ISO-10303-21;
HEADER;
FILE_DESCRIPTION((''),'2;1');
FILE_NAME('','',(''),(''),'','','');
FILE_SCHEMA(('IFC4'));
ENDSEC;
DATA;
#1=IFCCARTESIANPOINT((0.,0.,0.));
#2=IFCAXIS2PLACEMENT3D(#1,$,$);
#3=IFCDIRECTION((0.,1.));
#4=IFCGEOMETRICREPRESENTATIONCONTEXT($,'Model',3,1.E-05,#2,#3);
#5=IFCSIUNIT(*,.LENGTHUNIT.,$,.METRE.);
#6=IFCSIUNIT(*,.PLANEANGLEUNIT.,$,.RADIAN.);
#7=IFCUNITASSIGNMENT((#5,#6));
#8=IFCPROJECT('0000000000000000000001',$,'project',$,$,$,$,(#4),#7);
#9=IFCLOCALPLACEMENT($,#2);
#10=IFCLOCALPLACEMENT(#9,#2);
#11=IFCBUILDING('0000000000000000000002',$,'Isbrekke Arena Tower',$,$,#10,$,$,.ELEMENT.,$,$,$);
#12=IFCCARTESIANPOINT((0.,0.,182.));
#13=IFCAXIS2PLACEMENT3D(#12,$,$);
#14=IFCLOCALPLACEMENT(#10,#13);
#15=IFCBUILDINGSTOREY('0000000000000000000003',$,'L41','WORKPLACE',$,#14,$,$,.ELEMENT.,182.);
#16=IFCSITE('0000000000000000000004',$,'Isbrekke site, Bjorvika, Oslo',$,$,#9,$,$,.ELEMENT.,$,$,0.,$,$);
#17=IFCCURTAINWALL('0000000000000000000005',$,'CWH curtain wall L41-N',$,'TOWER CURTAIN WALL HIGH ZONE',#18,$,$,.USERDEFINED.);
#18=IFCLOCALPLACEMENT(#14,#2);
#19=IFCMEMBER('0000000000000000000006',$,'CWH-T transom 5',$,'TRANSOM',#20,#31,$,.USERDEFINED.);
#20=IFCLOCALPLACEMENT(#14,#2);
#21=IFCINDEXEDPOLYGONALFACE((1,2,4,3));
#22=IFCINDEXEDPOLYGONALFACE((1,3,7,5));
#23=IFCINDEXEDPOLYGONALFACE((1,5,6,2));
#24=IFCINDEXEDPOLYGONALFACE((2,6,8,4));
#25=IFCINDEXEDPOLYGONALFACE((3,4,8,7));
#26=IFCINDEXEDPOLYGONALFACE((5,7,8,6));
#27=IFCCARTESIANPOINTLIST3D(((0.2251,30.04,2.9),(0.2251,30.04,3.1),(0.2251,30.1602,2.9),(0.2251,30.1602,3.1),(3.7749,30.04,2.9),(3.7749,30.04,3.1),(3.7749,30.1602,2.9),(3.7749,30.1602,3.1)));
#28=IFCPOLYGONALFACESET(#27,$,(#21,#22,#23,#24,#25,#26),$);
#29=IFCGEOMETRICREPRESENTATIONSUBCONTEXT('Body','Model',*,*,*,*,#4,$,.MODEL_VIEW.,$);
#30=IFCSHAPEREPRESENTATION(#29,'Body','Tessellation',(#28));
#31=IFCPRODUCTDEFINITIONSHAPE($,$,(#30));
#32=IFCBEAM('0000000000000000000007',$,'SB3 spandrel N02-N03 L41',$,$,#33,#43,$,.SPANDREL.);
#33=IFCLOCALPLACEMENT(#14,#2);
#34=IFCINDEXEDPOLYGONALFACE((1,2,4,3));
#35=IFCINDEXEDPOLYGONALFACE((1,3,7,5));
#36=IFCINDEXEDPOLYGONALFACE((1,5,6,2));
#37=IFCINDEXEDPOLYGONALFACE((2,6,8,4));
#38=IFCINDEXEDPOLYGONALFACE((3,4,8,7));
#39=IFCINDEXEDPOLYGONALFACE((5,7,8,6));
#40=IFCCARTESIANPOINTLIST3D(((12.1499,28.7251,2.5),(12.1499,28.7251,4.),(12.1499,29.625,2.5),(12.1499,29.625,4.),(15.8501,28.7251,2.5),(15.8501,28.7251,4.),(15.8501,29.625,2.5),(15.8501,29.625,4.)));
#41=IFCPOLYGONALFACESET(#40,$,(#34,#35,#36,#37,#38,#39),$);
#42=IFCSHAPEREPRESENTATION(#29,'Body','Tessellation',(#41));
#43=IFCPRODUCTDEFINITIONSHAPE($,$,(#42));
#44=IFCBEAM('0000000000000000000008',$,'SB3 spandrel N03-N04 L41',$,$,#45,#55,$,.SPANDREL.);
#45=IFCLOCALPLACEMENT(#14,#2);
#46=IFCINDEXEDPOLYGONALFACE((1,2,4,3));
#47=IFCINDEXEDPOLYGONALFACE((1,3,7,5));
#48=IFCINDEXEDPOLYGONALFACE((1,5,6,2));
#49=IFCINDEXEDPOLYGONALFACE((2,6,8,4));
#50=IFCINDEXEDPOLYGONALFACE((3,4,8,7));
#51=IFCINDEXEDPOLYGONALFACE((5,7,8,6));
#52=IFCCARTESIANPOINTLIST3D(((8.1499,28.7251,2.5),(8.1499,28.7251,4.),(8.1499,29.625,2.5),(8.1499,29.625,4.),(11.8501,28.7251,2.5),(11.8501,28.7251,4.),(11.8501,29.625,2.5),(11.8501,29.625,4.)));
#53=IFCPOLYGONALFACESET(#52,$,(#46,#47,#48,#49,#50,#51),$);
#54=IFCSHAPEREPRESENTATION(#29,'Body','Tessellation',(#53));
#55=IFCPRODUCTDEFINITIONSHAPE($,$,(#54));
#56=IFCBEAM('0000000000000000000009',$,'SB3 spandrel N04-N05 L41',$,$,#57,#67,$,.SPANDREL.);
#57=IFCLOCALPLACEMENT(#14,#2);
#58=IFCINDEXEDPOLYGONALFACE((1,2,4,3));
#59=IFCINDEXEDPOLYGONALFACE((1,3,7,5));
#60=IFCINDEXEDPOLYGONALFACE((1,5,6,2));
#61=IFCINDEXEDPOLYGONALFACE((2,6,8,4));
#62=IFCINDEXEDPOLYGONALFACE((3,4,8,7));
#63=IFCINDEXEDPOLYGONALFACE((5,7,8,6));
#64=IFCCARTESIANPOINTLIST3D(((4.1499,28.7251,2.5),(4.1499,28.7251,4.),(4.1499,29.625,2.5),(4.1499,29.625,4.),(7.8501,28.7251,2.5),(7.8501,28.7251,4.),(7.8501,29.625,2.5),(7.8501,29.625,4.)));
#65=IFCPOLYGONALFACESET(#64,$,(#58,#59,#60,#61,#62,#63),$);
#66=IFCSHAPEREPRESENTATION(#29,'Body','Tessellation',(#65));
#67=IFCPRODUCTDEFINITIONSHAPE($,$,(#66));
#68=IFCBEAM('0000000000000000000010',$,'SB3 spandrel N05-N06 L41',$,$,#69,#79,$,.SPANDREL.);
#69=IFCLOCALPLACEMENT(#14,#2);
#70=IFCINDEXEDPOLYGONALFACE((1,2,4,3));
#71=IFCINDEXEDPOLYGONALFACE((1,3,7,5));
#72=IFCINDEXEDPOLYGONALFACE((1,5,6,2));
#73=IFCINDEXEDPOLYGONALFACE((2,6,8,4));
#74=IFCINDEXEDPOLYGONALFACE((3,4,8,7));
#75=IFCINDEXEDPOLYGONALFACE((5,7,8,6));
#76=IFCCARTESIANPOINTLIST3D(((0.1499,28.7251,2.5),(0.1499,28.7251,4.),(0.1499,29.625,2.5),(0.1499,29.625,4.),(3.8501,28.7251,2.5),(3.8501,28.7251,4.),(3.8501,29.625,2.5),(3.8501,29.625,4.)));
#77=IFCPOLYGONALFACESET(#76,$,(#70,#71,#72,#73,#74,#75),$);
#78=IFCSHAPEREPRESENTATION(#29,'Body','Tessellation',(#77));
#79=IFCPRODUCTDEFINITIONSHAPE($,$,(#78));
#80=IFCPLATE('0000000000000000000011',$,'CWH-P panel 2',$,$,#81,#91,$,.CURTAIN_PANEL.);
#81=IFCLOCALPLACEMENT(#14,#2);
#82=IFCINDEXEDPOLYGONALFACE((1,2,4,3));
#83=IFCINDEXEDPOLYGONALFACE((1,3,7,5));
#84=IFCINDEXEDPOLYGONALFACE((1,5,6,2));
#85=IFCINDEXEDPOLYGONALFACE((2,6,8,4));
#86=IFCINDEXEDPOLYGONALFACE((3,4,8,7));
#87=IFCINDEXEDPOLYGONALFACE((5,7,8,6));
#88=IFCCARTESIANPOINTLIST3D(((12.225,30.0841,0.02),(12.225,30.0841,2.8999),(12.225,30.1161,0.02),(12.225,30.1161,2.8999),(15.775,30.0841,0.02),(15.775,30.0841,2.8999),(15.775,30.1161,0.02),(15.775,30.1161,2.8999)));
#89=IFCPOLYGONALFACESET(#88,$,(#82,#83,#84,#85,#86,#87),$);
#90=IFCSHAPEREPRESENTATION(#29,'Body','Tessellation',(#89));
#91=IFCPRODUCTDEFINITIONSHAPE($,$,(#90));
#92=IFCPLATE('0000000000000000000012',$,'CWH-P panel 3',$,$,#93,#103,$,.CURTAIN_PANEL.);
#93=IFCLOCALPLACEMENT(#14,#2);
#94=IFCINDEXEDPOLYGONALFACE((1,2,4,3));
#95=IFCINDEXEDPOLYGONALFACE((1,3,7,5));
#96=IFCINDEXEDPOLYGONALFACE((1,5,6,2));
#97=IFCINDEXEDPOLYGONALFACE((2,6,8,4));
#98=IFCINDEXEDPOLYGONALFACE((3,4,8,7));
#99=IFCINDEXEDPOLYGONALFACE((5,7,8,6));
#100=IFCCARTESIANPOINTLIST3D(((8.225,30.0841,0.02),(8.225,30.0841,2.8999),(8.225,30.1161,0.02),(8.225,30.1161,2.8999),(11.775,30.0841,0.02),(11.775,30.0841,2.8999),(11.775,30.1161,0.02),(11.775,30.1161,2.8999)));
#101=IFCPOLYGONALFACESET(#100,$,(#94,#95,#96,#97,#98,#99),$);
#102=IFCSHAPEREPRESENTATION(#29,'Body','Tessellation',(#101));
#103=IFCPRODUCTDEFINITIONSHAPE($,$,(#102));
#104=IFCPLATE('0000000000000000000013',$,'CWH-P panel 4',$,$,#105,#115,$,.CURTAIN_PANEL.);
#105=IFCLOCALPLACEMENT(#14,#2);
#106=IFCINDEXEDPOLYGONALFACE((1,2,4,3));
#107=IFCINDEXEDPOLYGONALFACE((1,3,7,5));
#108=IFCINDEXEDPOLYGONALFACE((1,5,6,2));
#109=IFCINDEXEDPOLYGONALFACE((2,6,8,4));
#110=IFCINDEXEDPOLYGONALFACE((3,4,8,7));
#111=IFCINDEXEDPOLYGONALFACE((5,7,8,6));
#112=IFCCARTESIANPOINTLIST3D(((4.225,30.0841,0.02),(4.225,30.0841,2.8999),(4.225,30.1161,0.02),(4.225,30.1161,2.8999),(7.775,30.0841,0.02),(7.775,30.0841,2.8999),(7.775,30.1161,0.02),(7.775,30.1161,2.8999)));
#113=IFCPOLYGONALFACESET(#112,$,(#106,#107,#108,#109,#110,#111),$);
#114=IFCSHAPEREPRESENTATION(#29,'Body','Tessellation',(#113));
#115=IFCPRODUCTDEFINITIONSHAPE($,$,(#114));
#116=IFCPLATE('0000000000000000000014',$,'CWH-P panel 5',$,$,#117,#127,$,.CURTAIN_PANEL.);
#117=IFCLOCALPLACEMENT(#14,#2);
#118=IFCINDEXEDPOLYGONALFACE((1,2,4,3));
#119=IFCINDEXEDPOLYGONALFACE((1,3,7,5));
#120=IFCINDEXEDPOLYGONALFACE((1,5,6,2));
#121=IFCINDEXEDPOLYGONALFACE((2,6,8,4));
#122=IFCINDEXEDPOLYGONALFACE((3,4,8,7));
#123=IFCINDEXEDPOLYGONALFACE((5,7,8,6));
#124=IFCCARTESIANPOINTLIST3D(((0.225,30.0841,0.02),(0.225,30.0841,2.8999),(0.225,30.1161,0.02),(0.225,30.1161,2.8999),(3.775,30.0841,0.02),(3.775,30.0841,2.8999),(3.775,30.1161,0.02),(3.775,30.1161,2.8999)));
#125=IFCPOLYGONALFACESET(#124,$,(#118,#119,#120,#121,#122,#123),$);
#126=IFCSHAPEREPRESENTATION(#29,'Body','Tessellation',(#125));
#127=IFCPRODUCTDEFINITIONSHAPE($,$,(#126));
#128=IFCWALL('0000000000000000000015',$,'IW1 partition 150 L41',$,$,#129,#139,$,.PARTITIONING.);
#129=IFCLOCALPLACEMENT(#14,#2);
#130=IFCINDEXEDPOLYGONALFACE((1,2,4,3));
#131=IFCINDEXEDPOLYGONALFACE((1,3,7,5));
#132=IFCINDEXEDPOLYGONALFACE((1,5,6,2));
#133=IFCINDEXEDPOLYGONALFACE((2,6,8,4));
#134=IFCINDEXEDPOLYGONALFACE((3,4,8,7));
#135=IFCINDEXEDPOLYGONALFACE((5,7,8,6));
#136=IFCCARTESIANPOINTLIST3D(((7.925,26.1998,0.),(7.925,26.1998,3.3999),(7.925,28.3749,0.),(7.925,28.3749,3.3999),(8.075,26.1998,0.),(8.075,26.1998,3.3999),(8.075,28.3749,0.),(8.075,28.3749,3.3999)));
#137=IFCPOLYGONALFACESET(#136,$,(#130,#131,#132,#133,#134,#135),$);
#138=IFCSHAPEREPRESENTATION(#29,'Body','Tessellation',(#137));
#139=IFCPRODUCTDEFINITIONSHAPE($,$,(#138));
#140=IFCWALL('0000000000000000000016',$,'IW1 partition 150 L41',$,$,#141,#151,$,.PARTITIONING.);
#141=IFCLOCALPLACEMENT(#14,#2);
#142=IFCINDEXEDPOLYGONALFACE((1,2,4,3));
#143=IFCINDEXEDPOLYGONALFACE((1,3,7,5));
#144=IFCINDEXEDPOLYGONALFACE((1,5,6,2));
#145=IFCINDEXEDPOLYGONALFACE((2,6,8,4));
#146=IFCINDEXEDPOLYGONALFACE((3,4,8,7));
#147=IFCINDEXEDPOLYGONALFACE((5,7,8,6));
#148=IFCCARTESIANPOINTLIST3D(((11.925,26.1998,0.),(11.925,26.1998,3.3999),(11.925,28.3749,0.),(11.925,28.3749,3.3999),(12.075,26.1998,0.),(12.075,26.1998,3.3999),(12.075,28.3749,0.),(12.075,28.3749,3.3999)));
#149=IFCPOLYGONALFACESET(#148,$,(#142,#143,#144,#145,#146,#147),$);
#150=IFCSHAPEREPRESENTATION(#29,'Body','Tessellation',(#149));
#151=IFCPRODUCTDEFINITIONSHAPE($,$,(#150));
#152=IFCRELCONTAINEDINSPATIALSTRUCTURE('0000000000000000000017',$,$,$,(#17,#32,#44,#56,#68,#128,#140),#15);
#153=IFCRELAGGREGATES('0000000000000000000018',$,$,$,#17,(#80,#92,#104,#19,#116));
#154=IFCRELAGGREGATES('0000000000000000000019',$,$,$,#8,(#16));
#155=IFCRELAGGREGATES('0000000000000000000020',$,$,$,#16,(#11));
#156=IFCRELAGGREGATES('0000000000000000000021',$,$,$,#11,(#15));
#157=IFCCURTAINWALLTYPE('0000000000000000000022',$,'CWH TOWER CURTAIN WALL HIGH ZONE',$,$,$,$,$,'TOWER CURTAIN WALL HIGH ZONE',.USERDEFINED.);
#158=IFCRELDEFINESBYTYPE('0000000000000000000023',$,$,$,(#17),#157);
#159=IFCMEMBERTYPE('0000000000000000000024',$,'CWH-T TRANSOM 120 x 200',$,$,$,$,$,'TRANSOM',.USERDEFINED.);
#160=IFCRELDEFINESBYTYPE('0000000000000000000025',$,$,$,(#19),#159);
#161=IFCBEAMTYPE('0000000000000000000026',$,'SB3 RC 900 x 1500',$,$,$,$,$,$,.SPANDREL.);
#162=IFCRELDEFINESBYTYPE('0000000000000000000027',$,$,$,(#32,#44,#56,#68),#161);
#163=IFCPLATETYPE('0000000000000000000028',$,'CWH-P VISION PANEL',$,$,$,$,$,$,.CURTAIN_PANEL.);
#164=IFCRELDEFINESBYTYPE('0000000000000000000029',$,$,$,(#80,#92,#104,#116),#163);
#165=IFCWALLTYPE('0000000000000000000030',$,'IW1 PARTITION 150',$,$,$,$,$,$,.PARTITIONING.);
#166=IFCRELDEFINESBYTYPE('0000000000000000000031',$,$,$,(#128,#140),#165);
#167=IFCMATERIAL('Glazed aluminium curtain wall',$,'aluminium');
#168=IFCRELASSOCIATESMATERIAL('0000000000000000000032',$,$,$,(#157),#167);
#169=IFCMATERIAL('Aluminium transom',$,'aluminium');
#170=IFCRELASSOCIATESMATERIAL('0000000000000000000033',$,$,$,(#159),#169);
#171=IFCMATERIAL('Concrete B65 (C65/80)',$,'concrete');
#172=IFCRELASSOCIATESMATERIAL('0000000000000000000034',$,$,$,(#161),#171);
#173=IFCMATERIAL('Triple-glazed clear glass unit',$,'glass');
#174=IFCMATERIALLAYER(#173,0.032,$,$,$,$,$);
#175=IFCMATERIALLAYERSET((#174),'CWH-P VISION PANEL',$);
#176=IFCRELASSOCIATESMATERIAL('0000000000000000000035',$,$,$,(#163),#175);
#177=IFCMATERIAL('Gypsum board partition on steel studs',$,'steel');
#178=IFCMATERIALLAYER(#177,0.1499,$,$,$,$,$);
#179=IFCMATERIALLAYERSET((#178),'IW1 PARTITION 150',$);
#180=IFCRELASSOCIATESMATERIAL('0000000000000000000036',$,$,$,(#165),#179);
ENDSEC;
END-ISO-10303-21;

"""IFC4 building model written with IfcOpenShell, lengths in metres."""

from ifc_helpers import new_model, si_unit, direction, frame, frame_2d, origin, origin_2d, place, context, subcontext, project, spatial, rectangle, extrude, material, layer, layer_set, material_profile, profile_set, type_object, element, aggregate, save


model = new_model("IFC4")

# Units and contexts
model_context = context("Model", 3, precision=1e-05, world=origin(), true_north=direction((0.0, 1.0)))
body_context = subcontext(model_context, "Body", "Model", "MODEL_VIEW")
ifc_project = project(units=[si_unit("LENGTHUNIT", "METRE"), si_unit("PLANEANGLEUNIT", "RADIAN")], contexts=[model_context])

# Site, building, storey
site_placement = place(None, origin())
site = spatial("IfcSite", under=ifc_project, at=site_placement, Name="Isbrekke site, Bjorvika, Oslo", CompositionType="ELEMENT", RefElevation=0.0)
building_placement = place(site_placement, origin())
building = spatial("IfcBuilding", under=site, at=building_placement, Name="Isbrekke Arena Tower", CompositionType="ELEMENT")
storey_placement = place(building_placement, frame((0.0, 0.0, 182.0)))
storey = spatial("IfcBuildingStorey", under=building, at=storey_placement, Name="L41", Description="WORKPLACE", CompositionType="ELEMENT", Elevation=182.0)

# Curtain wall, member
ifc_material_1 = material(Name="Glazed aluminium curtain wall", Category="aluminium")
curtain_wall_type = type_object("IfcCurtainWallType", Name="CWH TOWER CURTAIN WALL HIGH ZONE", ElementType="TOWER CURTAIN WALL HIGH ZONE", PredefinedType="USERDEFINED", material=ifc_material_1)
curtain_wall_placement = place(storey_placement, origin())
curtain_wall = element("IfcCurtainWall", 1, at=curtain_wall_placement, inside=storey, type_object=curtain_wall_type, Name="CWH curtain wall L41-N", ObjectType="TOWER CURTAIN WALL HIGH ZONE", PredefinedType="USERDEFINED")
ifc_material_2 = material(Name="Aluminium transom", Category="aluminium")
ifc_material_profile_1 = material_profile(ifc_material_2, rectangle(XDim=0.1201, YDim=0.2, at=origin_2d()), Name="TRANSOM 120X200")
ifc_profile_set_1 = profile_set([ifc_material_profile_1], Name="Aluminium transom")
member_type_1 = type_object("IfcMemberType", Name="CWH-T TRANSOM 120 x 200", ElementType="TRANSOM", PredefinedType="USERDEFINED", material=ifc_profile_set_1)
member_1_placement = place(storey_placement, frame((3.7749, 30.1001, 3.0), z_axis=(-1.0, 0.0, 0.0), x_axis=(0.0, -1.0, 0.0)))
member_1 = element("IfcMember", 2, at=member_1_placement, type_object=member_type_1, Name="CWH-T transom 5", ObjectType="TRANSOM", PredefinedType="USERDEFINED", context=body_context, shape_type="SweptSolid", body=[
    extrude(rectangle(XDim=0.1201, YDim=0.2, at=origin_2d()), origin(), (0.0, 0.0, 1.0), 3.5498),
])

# Beams
ifc_material_3 = material(Name="Concrete B65 (C65/80)", Category="concrete")
ifc_material_profile_2 = material_profile(ifc_material_3, rectangle(XDim=0.8999, YDim=1.5, at=origin_2d()), Name="RC 900x1500")
ifc_profile_set_2 = profile_set([ifc_material_profile_2], Name="Concrete B65 (C65/80)")
beam_type_1 = type_object("IfcBeamType", Name="SB3 RC 900 x 1500", PredefinedType="SPANDREL", material=ifc_profile_set_2)
for number, where, z_axis, x_axis, name in (
    (3, (15.8501, 29.175, 3.25), (-1.0, 0.0, 0.0), (0.0, -1.0, 0.0), "SB3 spandrel N02-N03 L41"),
    (4, (11.8501, 29.175, 3.25), (-1.0, 0.0, 0.0), (0.0, -1.0, 0.0), "SB3 spandrel N03-N04 L41"),
    (5, (7.8501, 29.175, 3.25), (-1.0, 0.0, 0.0), (0.0, -1.0, 0.0), "SB3 spandrel N04-N05 L41"),
    (6, (3.8501, 29.175, 3.25), (-1.0, 0.0, 0.0), (0.0, -1.0, 0.0), "SB3 spandrel N05-N06 L41"),
):
    element("IfcBeam", number, at=place(storey_placement, frame(where, z_axis=z_axis, x_axis=x_axis)), inside=storey, type_object=beam_type_1, Name=name, PredefinedType="SPANDREL", context=body_context, shape_type="SweptSolid", body=[
        extrude(rectangle(XDim=0.8999, YDim=1.5, at=origin_2d()), origin(), (0.0, 0.0, 1.0), 3.7002),
    ])

# Plates
ifc_material_4 = material(Name="Triple-glazed clear glass unit", Category="glass")
ifc_layer_1 = layer(ifc_material_4, 0.032)
ifc_layer_set_1 = layer_set([ifc_layer_1], Name="CWH-P VISION PANEL")
plate_type = type_object("IfcPlateType", Name="CWH-P VISION PANEL", PredefinedType="CURTAIN_PANEL", material=ifc_layer_set_1)
plate_1_placement = place(storey_placement, frame((14.0, 30.1001, 0.02), z_axis=(0.0, 0.0, 1.0), x_axis=(-1.0, 0.0, 0.0)))
plate_1 = element("IfcPlate", 7, at=plate_1_placement, type_object=plate_type, Name="CWH-P panel 2", PredefinedType="CURTAIN_PANEL", context=body_context, shape_type="SweptSolid", body=[
    extrude(rectangle(XDim=3.55, YDim=0.032, at=origin_2d()), origin(), (0.0, 0.0, 1.0), 2.8799),
])
plate_2_placement = place(storey_placement, frame((10.0, 30.1001, 0.02), z_axis=(0.0, 0.0, 1.0), x_axis=(-1.0, 0.0, 0.0)))
plate_2 = element("IfcPlate", 8, at=plate_2_placement, type_object=plate_type, Name="CWH-P panel 3", PredefinedType="CURTAIN_PANEL", context=body_context, shape_type="SweptSolid", body=[
    extrude(rectangle(XDim=3.55, YDim=0.032, at=origin_2d()), origin(), (0.0, 0.0, 1.0), 2.8799),
])
plate_3_placement = place(storey_placement, frame((6.0, 30.1001, 0.02), z_axis=(0.0, 0.0, 1.0), x_axis=(-1.0, 0.0, 0.0)))
plate_3 = element("IfcPlate", 9, at=plate_3_placement, type_object=plate_type, Name="CWH-P panel 4", PredefinedType="CURTAIN_PANEL", context=body_context, shape_type="SweptSolid", body=[
    extrude(rectangle(XDim=3.55, YDim=0.032, at=origin_2d()), origin(), (0.0, 0.0, 1.0), 2.8799),
])
plate_4_placement = place(storey_placement, frame((2.0, 30.1001, 0.02), z_axis=(0.0, 0.0, 1.0), x_axis=(-1.0, 0.0, 0.0)))
plate_4 = element("IfcPlate", 10, at=plate_4_placement, type_object=plate_type, Name="CWH-P panel 5", PredefinedType="CURTAIN_PANEL", context=body_context, shape_type="SweptSolid", body=[
    extrude(rectangle(XDim=3.55, YDim=0.032, at=origin_2d()), origin(), (0.0, 0.0, 1.0), 2.8799),
])
aggregate(curtain_wall, [plate_1, plate_2, plate_3, member_1, plate_4])

# Walls
ifc_material_5 = material(Name="Gypsum board partition on steel studs", Category="steel")
ifc_layer_2 = layer(ifc_material_5, 0.1499)
ifc_layer_set_2 = layer_set([ifc_layer_2], Name="IW1 PARTITION 150")
wall_type = type_object("IfcWallType", Name="IW1 PARTITION 150", PredefinedType="PARTITIONING", material=ifc_layer_set_2)
for number, where, z_axis, x_axis, name in (
    (11, (8.0, 26.2, 0.0), (0.0, 0.0, 1.0), (0.0, 1.0, 0.0), "IW1 partition 150 L41"),
    (12, (12.0, 26.2, 0.0), (0.0, 0.0, 1.0), (0.0, 1.0, 0.0), "IW1 partition 150 L41"),
):
    element("IfcWall", number, at=place(storey_placement, frame(where, z_axis=z_axis, x_axis=x_axis)), inside=storey, type_object=wall_type, Name=name, PredefinedType="PARTITIONING", context=body_context, shape_type="SweptSolid", body=[
        extrude(rectangle(XDim=2.175, YDim=0.1499, at=frame_2d((1.0874, 0.0))), origin(), (0.0, 0.0, 1.0), 3.3999),
    ])

save(model, "model.ifc")
